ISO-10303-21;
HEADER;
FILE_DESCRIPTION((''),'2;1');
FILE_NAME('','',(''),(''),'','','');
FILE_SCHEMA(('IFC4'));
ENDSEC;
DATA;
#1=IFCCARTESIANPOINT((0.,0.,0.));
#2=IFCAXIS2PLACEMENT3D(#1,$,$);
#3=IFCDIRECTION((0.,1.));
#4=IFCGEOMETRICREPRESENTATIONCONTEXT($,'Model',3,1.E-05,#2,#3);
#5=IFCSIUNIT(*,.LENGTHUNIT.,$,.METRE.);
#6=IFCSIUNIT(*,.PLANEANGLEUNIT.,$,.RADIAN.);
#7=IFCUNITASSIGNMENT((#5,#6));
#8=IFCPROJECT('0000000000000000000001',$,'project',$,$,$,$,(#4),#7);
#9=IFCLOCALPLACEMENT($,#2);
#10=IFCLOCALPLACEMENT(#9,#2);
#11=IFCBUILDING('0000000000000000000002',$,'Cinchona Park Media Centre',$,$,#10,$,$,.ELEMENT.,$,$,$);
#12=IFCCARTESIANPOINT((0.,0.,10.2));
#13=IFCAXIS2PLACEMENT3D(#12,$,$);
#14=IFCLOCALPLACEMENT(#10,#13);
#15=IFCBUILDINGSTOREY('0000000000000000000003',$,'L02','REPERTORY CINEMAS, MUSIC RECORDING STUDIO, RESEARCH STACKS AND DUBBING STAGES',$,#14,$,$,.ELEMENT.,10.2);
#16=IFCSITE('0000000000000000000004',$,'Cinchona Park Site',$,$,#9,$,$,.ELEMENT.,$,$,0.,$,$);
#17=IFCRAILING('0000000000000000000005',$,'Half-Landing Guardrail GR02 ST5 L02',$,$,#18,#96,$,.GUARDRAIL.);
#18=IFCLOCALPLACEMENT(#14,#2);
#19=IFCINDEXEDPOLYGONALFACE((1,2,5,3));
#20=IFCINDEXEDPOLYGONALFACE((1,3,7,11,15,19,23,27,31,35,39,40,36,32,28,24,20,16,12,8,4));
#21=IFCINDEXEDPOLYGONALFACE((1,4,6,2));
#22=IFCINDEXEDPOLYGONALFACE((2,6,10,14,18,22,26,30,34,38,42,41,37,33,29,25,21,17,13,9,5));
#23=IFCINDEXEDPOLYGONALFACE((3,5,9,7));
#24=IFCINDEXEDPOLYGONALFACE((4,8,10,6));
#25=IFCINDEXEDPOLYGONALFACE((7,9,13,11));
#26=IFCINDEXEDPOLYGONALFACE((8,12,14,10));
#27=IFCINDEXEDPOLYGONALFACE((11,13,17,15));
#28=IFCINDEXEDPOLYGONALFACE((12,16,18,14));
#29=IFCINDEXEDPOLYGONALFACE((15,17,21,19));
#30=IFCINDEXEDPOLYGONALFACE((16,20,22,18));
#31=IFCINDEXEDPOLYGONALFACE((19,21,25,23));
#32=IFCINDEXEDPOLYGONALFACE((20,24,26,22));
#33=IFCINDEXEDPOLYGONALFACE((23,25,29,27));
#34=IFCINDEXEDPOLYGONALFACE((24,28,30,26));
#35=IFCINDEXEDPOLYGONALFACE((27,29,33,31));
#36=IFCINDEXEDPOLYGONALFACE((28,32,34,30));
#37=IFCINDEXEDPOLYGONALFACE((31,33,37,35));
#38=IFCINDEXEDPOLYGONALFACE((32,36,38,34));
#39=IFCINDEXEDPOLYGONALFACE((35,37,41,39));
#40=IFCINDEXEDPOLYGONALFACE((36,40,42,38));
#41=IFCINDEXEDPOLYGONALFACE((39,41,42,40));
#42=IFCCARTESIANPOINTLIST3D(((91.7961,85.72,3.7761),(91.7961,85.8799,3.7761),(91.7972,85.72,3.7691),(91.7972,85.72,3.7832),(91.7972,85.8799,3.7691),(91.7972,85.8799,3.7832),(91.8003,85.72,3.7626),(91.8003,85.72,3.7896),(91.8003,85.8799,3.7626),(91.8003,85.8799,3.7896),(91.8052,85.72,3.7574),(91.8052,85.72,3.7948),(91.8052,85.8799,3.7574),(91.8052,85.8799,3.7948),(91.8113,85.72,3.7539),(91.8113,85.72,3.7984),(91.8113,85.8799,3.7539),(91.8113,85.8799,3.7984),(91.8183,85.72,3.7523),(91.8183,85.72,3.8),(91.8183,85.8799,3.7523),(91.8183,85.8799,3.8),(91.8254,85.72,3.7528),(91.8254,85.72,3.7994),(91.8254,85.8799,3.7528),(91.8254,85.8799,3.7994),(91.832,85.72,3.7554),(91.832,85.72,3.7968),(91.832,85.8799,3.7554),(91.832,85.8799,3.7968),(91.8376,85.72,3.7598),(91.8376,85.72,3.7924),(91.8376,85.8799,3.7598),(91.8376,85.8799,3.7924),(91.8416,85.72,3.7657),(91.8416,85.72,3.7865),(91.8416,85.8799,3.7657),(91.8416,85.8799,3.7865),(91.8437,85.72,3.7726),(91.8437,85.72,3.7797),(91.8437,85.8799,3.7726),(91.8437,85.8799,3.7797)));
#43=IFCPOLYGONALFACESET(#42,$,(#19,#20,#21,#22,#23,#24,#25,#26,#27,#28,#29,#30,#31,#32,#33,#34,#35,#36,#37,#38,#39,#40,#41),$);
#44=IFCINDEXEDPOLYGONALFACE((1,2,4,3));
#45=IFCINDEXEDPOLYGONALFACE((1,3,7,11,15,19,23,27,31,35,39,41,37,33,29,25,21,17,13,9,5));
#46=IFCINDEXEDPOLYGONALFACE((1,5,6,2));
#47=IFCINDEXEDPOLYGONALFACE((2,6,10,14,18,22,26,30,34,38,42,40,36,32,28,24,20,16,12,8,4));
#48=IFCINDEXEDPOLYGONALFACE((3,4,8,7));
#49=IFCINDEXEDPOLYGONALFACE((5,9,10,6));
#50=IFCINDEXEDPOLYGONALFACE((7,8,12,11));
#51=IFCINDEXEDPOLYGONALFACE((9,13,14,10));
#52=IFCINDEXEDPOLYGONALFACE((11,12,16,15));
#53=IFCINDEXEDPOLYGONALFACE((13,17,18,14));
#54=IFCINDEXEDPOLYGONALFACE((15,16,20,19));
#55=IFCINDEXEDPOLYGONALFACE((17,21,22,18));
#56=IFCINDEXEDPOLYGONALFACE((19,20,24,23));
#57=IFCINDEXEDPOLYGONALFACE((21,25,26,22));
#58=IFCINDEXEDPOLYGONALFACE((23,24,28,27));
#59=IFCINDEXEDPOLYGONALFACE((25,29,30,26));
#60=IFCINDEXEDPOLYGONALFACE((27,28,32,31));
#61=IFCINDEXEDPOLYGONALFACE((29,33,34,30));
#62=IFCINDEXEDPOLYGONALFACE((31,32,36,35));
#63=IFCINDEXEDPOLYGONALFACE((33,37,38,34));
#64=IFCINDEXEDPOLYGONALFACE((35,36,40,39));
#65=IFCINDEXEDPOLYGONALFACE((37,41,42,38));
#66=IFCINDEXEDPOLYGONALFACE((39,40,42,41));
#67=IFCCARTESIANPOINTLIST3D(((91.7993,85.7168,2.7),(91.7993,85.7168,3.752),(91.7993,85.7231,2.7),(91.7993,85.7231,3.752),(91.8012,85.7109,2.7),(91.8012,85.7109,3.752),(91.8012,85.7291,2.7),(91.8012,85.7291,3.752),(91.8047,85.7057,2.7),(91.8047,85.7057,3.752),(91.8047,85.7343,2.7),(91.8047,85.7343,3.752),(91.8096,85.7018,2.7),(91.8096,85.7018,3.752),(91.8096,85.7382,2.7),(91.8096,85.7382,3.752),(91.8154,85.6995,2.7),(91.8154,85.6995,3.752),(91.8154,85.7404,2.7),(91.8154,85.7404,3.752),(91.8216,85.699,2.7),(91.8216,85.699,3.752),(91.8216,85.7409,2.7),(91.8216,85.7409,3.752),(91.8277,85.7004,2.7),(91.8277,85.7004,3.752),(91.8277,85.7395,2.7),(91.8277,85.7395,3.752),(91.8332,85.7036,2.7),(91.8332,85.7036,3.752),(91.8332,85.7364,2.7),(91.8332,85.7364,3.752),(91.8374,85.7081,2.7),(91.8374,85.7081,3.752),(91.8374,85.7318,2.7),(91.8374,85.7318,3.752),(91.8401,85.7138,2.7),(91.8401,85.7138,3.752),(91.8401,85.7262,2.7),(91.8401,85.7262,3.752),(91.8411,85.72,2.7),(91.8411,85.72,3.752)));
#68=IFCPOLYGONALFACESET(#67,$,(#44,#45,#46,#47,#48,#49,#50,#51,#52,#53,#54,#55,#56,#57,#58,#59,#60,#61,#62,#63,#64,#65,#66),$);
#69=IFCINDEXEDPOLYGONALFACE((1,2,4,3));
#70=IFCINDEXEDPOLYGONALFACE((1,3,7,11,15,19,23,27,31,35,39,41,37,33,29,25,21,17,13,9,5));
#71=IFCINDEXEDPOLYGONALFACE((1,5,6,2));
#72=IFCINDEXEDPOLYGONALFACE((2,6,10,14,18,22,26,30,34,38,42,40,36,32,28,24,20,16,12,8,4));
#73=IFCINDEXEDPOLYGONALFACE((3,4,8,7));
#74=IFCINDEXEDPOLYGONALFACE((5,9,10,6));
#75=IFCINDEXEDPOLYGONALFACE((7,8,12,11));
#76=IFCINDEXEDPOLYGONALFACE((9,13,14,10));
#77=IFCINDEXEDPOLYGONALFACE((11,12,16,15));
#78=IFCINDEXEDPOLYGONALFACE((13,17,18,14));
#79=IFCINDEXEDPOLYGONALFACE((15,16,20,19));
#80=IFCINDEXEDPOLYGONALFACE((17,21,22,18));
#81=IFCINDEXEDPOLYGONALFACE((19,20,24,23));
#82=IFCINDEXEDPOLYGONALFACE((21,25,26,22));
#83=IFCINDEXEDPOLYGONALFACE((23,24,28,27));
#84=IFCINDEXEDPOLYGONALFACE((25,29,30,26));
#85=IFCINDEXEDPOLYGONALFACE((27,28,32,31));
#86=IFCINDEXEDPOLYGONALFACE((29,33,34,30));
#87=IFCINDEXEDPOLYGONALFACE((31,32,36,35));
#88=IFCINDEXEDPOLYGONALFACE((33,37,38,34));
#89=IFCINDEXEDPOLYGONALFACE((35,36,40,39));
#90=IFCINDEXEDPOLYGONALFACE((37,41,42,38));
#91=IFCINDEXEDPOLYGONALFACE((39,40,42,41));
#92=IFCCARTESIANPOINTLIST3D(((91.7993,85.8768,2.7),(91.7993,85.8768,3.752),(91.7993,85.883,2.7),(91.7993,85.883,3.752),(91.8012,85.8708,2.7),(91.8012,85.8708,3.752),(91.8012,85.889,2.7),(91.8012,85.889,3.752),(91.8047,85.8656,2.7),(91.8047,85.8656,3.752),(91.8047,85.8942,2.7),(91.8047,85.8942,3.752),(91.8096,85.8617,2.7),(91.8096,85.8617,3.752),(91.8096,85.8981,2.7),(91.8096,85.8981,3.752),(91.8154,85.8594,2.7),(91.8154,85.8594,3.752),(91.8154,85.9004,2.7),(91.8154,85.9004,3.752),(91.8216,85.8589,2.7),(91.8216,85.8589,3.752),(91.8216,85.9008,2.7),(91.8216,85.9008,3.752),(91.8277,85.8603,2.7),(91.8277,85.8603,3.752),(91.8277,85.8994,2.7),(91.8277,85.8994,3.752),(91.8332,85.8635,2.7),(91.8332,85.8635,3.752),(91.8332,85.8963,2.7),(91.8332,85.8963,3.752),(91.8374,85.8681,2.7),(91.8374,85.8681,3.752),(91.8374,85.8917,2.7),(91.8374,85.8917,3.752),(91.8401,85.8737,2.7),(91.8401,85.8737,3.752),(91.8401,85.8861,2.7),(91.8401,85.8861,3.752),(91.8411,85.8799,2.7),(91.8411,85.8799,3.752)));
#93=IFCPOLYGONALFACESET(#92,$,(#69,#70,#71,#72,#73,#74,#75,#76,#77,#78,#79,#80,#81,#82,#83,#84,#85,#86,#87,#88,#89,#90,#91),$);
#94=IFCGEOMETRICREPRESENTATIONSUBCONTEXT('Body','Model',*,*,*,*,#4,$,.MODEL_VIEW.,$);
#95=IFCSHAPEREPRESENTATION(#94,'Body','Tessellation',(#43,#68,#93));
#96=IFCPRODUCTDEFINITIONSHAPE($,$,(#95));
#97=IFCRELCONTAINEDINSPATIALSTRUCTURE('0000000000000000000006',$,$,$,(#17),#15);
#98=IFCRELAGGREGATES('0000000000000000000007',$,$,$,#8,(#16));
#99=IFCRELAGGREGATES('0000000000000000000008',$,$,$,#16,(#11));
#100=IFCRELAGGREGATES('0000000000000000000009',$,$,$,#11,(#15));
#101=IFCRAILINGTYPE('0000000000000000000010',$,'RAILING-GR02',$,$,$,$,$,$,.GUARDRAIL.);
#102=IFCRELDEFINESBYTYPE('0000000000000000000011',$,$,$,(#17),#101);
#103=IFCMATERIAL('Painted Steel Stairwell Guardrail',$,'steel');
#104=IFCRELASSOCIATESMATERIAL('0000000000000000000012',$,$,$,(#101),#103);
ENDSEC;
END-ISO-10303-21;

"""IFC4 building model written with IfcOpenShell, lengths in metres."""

from ifc_helpers import new_model, si_unit, direction, frame, origin, origin_2d, place, context, subcontext, project, spatial, circle, extrude, material, type_object, element, save


model = new_model("IFC4")

# Units and contexts
model_context = context("Model", 3, precision=1e-05, world=origin(), true_north=direction((0.0, 1.0)))
body_context = subcontext(model_context, "Body", "Model", "MODEL_VIEW")
ifc_project = project(units=[si_unit("LENGTHUNIT", "METRE"), si_unit("PLANEANGLEUNIT", "RADIAN")], contexts=[model_context])

# Site, building, storey
site_placement = place(None, origin())
site = spatial("IfcSite", under=ifc_project, at=site_placement, Name="Cinchona Park Site", CompositionType="ELEMENT", RefElevation=0.0)
building_placement = place(site_placement, origin())
building = spatial("IfcBuilding", under=site, at=building_placement, Name="Cinchona Park Media Centre", CompositionType="ELEMENT")
storey_placement = place(building_placement, frame((0.0, 0.0, 10.2)))
storey = spatial("IfcBuildingStorey", under=building, at=storey_placement, Name="L02", Description="REPERTORY CINEMAS, MUSIC RECORDING STUDIO, RESEARCH STACKS AND DUBBING STAGES", CompositionType="ELEMENT", Elevation=10.2)

# Railing
ifc_material_1 = material(Name="Painted Steel Stairwell Guardrail", Category="steel")
railing_type_1 = type_object("IfcRailingType", Name="RAILING-GR02", PredefinedType="GUARDRAIL", material=ifc_material_1)
railing_1_placement = place(storey_placement, frame((91.8201, 85.72, 2.7)))
element("IfcRailing", 1, at=railing_1_placement, inside=storey, type_object=railing_type_1, Name="Half-Landing Guardrail GR02 ST5 L02", PredefinedType="GUARDRAIL", context=body_context, shape_type="SweptSolid", body=[
    extrude(circle(Radius=0.0239, at=origin_2d()), frame((0.0, 0.0, 1.0762), z_axis=(0.0, 1.0, 0.0), x_axis=(-1.0, 0.0, 0.0)), (0.0, 0.0, 1.0), 0.1599),
    extrude(circle(Radius=0.021, at=origin_2d()), origin(), (0.0, 0.0, 1.0), 1.052),
    extrude(circle(Radius=0.021, at=origin_2d()), frame((0.0, 0.1599, 0.0)), (0.0, 0.0, 1.0), 1.052),
])

save(model, "model.ifc")
